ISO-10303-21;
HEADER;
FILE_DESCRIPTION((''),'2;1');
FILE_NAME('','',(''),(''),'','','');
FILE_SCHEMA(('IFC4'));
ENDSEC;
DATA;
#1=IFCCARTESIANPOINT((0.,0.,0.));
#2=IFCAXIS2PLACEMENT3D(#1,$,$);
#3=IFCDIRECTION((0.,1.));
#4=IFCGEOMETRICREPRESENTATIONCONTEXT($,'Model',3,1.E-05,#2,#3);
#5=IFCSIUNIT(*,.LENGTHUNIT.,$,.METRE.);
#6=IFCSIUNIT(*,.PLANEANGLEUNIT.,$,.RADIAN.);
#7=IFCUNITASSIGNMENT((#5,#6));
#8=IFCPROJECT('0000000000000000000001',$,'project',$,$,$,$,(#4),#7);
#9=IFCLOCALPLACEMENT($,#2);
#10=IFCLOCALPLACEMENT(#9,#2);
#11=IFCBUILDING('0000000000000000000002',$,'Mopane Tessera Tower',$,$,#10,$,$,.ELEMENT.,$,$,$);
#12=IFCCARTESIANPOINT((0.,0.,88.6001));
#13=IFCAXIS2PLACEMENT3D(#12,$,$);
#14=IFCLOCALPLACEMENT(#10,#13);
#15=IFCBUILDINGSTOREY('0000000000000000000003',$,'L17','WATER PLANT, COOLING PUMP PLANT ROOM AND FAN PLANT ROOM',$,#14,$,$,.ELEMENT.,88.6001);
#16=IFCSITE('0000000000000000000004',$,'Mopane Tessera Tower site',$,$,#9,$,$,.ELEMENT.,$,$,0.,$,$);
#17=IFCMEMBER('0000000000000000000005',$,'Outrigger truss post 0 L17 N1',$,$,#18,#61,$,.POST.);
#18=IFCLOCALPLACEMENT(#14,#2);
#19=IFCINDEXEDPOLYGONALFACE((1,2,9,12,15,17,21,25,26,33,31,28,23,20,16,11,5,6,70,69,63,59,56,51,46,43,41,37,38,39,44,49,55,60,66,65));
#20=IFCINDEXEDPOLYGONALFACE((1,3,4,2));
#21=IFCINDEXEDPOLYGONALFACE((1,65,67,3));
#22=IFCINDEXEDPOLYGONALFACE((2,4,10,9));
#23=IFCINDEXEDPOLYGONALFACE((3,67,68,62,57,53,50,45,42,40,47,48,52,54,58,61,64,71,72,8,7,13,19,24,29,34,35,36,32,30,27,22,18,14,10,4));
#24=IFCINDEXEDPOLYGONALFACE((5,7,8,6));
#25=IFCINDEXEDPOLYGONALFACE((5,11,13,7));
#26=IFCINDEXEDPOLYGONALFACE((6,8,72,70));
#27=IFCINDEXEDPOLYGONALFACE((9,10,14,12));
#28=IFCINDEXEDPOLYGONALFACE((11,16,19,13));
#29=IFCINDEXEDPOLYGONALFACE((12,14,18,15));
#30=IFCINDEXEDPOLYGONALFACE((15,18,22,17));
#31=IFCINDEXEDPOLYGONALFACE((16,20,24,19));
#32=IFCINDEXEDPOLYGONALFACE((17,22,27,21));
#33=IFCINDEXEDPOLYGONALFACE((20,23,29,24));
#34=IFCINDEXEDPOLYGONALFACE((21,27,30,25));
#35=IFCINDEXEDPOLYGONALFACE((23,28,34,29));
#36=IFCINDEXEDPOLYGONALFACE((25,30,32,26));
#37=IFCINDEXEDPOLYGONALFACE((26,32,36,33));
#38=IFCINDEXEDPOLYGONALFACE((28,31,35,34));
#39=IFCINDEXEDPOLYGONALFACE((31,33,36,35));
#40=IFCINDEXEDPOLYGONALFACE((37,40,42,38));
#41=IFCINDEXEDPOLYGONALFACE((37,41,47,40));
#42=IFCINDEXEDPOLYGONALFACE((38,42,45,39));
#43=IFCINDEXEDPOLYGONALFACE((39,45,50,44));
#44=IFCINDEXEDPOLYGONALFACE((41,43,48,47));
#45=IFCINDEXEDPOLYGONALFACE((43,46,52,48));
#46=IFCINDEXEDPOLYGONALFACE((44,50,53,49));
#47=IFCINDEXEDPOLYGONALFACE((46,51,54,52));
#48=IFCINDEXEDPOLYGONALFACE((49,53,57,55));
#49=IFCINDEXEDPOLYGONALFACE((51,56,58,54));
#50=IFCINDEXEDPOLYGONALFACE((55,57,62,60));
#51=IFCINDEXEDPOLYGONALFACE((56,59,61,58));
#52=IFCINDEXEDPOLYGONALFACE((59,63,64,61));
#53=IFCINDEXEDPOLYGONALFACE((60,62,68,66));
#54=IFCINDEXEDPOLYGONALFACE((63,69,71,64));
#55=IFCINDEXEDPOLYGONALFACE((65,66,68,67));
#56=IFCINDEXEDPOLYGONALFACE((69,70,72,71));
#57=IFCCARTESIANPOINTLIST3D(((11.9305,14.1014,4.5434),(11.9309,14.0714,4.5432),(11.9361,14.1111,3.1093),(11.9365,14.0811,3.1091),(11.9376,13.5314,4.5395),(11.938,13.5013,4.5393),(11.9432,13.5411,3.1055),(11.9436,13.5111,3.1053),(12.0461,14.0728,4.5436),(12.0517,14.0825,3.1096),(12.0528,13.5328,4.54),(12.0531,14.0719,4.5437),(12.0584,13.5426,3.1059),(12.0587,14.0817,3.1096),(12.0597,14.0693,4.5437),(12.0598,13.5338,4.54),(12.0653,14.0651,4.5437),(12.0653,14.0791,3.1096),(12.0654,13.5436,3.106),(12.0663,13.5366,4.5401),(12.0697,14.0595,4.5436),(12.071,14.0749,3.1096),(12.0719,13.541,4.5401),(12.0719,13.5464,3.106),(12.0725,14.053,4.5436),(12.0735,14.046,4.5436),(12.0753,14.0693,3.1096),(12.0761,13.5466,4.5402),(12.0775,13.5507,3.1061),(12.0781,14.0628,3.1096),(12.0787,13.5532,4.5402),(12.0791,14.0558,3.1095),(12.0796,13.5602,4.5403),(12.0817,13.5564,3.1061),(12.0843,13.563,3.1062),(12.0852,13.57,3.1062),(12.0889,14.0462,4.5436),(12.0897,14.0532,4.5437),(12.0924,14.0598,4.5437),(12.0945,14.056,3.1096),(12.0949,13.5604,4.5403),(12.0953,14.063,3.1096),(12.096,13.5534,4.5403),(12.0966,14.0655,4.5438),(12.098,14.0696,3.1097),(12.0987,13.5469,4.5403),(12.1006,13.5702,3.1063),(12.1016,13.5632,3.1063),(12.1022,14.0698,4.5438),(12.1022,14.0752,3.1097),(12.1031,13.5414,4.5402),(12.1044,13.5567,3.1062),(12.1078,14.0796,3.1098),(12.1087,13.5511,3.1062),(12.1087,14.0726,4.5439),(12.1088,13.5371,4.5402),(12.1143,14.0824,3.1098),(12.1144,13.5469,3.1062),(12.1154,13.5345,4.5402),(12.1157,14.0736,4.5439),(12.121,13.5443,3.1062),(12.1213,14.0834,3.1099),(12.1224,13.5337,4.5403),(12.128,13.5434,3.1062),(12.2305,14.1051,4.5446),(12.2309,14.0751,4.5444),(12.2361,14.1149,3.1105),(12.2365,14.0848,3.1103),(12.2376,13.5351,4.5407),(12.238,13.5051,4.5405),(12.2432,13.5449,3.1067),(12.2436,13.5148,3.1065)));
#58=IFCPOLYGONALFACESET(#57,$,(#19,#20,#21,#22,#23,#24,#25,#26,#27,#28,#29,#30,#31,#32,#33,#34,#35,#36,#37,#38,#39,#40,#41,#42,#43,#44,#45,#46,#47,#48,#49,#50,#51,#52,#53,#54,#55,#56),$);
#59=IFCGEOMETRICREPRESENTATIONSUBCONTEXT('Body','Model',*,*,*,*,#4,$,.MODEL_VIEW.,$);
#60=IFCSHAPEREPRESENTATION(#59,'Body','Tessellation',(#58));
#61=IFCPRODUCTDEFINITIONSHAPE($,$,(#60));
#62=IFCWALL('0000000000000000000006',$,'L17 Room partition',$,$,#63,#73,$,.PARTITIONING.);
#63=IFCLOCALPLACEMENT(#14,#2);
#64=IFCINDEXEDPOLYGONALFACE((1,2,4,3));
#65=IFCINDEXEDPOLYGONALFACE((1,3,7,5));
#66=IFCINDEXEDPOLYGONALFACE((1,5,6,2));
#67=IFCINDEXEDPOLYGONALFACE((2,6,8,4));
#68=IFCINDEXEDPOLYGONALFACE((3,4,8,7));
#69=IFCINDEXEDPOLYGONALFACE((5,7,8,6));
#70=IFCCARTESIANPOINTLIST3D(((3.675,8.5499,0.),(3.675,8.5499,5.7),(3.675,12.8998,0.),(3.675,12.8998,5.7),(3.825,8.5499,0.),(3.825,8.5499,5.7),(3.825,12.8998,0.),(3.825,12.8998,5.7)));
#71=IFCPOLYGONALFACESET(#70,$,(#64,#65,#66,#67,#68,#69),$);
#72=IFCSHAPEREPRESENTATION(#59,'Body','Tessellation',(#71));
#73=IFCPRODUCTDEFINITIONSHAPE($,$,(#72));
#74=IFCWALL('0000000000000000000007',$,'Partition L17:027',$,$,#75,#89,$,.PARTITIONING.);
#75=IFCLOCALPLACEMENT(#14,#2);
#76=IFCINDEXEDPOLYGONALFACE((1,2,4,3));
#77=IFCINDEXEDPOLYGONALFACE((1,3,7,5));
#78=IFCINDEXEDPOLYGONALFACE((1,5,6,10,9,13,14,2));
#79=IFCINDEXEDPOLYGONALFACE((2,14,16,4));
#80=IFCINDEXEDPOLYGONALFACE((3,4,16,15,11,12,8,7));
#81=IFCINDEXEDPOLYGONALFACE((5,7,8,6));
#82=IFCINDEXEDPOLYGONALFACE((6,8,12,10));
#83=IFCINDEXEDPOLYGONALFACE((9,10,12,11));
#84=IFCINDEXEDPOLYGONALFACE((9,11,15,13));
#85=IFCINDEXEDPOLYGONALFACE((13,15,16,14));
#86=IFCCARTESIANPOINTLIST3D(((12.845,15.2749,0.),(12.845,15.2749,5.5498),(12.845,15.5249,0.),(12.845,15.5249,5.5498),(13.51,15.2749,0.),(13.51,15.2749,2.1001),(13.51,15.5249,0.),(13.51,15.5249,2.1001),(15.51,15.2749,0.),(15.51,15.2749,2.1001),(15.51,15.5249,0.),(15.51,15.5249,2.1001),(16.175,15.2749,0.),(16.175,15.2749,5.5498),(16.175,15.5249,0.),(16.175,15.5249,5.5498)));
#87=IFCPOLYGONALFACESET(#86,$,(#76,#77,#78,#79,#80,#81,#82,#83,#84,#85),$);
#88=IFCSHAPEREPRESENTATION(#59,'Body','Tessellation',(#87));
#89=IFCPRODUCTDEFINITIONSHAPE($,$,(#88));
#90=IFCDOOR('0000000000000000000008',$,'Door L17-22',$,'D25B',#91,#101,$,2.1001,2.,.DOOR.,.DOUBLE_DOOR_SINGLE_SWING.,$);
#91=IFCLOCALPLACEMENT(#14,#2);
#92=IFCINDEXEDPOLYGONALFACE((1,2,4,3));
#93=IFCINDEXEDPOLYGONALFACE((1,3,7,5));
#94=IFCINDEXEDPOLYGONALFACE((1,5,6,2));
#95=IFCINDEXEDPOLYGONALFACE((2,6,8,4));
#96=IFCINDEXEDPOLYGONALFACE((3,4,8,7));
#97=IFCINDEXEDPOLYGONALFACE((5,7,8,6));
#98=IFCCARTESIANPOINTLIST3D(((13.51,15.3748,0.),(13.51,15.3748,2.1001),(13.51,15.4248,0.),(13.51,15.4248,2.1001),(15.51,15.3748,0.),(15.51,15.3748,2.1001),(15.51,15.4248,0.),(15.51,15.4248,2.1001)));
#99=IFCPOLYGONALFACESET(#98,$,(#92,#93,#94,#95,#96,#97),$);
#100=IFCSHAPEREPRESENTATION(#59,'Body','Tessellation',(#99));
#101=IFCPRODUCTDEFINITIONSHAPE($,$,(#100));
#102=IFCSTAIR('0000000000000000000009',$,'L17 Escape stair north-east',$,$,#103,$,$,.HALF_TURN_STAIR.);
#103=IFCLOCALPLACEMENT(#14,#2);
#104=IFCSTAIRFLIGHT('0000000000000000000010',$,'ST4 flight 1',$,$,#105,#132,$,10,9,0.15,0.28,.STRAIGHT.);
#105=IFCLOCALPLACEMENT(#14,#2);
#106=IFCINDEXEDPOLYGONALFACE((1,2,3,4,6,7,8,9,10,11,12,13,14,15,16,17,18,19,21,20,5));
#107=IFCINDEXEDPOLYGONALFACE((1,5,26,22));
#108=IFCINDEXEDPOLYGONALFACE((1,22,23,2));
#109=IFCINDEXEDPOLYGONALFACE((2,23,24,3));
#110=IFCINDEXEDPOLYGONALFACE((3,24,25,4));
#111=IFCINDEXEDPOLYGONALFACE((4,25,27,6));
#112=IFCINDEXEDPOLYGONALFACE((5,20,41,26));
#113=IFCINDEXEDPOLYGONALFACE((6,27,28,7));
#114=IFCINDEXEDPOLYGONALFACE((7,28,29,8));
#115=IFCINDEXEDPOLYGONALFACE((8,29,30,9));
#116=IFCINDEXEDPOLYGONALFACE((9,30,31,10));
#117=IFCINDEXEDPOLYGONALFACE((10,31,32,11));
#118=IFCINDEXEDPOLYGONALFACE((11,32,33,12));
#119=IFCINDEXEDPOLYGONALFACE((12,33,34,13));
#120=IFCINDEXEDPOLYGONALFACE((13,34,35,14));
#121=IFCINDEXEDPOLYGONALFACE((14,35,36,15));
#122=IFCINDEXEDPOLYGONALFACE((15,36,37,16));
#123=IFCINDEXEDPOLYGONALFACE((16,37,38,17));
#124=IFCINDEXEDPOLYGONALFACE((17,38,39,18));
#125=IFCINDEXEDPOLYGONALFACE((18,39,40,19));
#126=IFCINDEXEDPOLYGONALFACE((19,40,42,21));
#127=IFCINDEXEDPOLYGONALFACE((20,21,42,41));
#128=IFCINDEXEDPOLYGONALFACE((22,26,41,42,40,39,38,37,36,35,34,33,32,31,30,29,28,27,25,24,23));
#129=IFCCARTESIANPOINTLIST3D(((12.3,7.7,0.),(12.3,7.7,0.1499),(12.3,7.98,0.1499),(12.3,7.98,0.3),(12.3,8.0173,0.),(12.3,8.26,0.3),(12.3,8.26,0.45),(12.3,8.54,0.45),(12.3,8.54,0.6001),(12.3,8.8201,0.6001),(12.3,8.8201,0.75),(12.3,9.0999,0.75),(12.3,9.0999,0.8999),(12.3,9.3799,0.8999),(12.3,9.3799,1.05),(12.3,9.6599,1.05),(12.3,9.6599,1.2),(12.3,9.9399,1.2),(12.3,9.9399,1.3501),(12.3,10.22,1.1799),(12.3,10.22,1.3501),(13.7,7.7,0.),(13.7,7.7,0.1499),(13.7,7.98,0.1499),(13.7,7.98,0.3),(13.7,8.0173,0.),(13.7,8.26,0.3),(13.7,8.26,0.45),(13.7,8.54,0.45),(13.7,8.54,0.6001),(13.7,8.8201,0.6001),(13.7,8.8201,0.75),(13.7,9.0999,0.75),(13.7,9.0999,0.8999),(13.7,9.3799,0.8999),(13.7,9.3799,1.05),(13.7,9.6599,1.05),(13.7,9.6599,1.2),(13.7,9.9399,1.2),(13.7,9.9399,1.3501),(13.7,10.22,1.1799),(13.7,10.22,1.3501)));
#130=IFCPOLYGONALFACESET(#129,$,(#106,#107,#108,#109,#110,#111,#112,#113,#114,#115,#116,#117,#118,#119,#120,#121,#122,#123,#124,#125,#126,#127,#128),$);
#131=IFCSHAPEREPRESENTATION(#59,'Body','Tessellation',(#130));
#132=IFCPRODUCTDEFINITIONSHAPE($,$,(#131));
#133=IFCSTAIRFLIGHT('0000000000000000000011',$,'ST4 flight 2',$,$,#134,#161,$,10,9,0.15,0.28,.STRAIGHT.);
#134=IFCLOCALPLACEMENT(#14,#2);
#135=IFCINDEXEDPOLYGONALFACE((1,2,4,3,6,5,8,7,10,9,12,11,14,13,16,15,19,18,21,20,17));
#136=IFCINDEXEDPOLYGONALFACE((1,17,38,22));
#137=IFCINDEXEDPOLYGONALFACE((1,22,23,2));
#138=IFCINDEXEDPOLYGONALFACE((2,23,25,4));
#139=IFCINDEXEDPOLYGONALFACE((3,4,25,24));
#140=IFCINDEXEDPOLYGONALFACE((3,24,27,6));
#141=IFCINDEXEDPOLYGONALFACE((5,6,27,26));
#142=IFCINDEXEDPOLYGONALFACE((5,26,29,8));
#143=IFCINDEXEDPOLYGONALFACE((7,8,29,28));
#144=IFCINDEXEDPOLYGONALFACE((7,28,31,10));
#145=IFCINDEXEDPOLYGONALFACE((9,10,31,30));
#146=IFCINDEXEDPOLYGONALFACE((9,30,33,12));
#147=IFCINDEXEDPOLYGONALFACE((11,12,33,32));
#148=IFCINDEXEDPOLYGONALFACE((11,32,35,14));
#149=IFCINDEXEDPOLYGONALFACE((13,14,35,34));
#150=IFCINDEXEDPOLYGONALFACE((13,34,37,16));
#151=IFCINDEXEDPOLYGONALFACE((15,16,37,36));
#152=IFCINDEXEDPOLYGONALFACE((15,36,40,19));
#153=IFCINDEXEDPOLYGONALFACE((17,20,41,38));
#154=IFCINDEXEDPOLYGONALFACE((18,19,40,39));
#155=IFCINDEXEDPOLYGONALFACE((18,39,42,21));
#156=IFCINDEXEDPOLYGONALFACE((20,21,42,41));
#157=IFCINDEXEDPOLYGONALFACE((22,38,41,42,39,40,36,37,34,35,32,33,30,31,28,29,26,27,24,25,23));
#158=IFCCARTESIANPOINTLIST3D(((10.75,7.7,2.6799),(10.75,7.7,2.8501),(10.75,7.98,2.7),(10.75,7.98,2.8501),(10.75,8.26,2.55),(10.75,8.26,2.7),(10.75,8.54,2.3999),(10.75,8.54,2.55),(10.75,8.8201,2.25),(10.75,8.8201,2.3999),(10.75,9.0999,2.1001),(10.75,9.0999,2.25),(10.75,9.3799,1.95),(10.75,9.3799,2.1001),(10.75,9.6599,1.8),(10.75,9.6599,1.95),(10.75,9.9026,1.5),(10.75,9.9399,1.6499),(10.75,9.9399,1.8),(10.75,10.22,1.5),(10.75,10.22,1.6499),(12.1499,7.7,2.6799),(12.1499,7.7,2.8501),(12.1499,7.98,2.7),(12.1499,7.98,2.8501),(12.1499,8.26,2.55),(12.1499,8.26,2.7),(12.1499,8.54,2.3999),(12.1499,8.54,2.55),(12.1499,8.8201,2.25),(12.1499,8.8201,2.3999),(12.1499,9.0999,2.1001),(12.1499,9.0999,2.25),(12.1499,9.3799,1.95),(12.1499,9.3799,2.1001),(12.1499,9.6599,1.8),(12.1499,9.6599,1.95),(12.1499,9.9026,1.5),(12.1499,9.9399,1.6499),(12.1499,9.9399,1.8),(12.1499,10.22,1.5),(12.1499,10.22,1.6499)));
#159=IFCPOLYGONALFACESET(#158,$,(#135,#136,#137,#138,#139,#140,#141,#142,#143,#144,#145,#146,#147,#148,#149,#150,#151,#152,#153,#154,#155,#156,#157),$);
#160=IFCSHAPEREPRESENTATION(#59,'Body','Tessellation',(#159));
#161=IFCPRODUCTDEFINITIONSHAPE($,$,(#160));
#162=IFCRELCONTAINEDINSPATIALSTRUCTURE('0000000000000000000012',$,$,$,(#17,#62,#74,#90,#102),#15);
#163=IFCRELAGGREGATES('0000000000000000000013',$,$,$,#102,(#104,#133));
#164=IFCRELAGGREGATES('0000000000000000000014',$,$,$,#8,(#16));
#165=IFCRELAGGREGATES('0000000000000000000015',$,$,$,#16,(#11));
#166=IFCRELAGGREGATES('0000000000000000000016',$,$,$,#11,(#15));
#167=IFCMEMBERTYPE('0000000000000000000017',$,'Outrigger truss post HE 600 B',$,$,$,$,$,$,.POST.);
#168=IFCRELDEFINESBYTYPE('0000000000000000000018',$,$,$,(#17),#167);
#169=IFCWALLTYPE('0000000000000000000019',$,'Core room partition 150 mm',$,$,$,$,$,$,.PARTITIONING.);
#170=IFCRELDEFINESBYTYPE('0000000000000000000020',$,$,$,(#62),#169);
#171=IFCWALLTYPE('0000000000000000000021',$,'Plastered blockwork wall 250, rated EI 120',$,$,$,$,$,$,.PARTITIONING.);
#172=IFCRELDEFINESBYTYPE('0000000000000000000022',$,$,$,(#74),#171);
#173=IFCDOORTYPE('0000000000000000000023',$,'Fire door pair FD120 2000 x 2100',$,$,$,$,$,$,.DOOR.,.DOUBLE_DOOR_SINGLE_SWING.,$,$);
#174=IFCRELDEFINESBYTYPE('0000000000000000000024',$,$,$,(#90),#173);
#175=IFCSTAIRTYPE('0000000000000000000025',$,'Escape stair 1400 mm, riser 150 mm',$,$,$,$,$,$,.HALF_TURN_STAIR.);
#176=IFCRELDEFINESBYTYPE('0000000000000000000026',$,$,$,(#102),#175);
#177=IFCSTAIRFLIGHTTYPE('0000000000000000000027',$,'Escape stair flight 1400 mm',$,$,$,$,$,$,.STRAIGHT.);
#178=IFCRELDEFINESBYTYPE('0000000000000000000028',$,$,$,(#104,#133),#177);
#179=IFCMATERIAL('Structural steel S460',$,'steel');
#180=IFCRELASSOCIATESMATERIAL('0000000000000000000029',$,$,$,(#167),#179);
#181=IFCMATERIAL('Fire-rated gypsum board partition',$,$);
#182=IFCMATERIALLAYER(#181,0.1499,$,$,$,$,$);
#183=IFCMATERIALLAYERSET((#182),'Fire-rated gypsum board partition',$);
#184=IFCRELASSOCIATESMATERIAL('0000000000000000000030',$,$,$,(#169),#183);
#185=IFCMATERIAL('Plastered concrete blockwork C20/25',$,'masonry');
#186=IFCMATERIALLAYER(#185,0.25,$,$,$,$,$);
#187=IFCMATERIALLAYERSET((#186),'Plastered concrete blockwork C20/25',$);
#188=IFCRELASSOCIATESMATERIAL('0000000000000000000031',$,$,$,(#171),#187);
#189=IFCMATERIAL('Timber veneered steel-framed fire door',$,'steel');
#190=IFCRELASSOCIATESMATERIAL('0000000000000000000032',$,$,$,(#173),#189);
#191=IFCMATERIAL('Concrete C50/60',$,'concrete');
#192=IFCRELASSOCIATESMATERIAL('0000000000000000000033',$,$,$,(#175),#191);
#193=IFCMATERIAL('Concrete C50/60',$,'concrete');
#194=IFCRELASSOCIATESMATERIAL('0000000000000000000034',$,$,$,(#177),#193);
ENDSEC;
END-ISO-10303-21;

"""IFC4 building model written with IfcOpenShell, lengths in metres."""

from ifc_helpers import new_model, si_unit, direction, frame, frame_2d, origin, origin_2d, place, context, subcontext, project, spatial, polyline, rectangle, i_section, outline, extrude, material, layer, layer_set, material_profile, profile_set, type_object, element, fill, aggregate, save


model = new_model("IFC4")

# Units and contexts
model_context = context("Model", 3, precision=1e-05, world=origin(), true_north=direction((0.0, 1.0)))
body_context = subcontext(model_context, "Body", "Model", "MODEL_VIEW")
ifc_project = project(units=[si_unit("LENGTHUNIT", "METRE"), si_unit("PLANEANGLEUNIT", "RADIAN")], contexts=[model_context])

# Site, building, storey
site_placement = place(None, origin())
site = spatial("IfcSite", under=ifc_project, at=site_placement, Name="Mopane Tessera Tower site", CompositionType="ELEMENT", RefElevation=0.0)
building_placement = place(site_placement, origin())
building = spatial("IfcBuilding", under=site, at=building_placement, Name="Mopane Tessera Tower", CompositionType="ELEMENT")
storey_placement = place(building_placement, frame((0.0, 0.0, 88.6001)))
storey = spatial("IfcBuildingStorey", under=building, at=storey_placement, Name="L17", Description="WATER PLANT, COOLING PUMP PLANT ROOM AND FAN PLANT ROOM", CompositionType="ELEMENT", Elevation=88.6001)

# Member
ifc_material_1 = material(Name="Structural steel S460", Category="steel")
ifc_material_profile_1 = material_profile(ifc_material_1, i_section(OverallWidth=0.3, OverallDepth=0.6001, WebThickness=0.0154, FlangeThickness=0.03, FilletRadius=0.0271, at=origin_2d()))
ifc_profile_set_1 = profile_set([ifc_material_profile_1], Name="Structural steel S460")
member_type_1 = type_object("IfcMemberType", Name="Outrigger truss post HE 600 B", PredefinedType="POST", material=ifc_profile_set_1)
member_1_placement = place(storey_placement, frame((12.0898, 13.813, 3.1079), z_axis=(-0.003915, -0.006809, 0.999969), x_axis=(-0.999915, -0.012416, -0.004)))
element("IfcMember", 1, at=member_1_placement, inside=storey, type_object=member_type_1, Name="Outrigger truss post 0 L17 N1", PredefinedType="POST", context=body_context, shape_type="SweptSolid", body=[
    extrude(i_section(OverallWidth=0.3, OverallDepth=0.6001, WebThickness=0.0154, FlangeThickness=0.03, FilletRadius=0.0271, at=origin_2d()), origin(), (0.0, 0.0, 1.0), 1.4341),
])

# Wall
ifc_material_2 = material(Name="Fire-rated gypsum board partition")
ifc_layer_1 = layer(ifc_material_2, 0.1499)
ifc_layer_set_1 = layer_set([ifc_layer_1], Name="Fire-rated gypsum board partition")
wall_type_1 = type_object("IfcWallType", Name="Core room partition 150 mm", PredefinedType="PARTITIONING", material=ifc_layer_set_1)
wall_1_placement = place(storey_placement, frame((3.75, 8.55, 0.0), z_axis=(0.0, 0.0, 1.0), x_axis=(0.0, 1.0, 0.0)))
element("IfcWall", 2, at=wall_1_placement, inside=storey, type_object=wall_type_1, Name="L17 Room partition", PredefinedType="PARTITIONING", context=body_context, shape_type="SweptSolid", body=[
    extrude(rectangle(XDim=4.3499, YDim=0.1499, at=frame_2d((2.1748, 0.0))), origin(), (0.0, 0.0, 1.0), 5.7),
])

# Wall, opening, door
ifc_material_3 = material(Name="Plastered concrete blockwork C20/25", Category="masonry")
ifc_layer_2 = layer(ifc_material_3, 0.25)
ifc_layer_set_2 = layer_set([ifc_layer_2], Name="Plastered concrete blockwork C20/25")
wall_type_2 = type_object("IfcWallType", Name="Plastered blockwork wall 250, rated EI 120", PredefinedType="PARTITIONING", material=ifc_layer_set_2)
wall_2_placement = place(storey_placement, frame((12.845, 15.3999, 0.0), z_axis=(0.0, 0.0, 1.0), x_axis=(1.0, 0.0, 0.0)))
wall_2 = element("IfcWall", 3, at=wall_2_placement, inside=storey, type_object=wall_type_2, Name="Partition L17:027", PredefinedType="PARTITIONING", context=body_context, shape_type="SweptSolid", body=[
    extrude(rectangle(XDim=3.3301, YDim=0.25, at=frame_2d((1.665, 0.0))), origin(), (0.0, 0.0, 1.0), 5.5498),
])
opening_placement = place(wall_2_placement, frame((0.665, 0.0, 0.0)))
opening = element("IfcOpeningElement", 4, at=opening_placement, cuts=wall_2, PredefinedType="OPENING", context=body_context, shape_type="SweptSolid", body=[
    extrude(rectangle(XDim=2.0, YDim=2.1001, at=frame_2d((1.0, 1.05))), frame((0.0, 0.137, 0.0), z_axis=(0.0, -1.0, 0.0), x_axis=(1.0, 0.0, 0.0)), (0.0, 0.0, 1.0), 0.2739),
])
ifc_material_4 = material(Name="Timber veneered steel-framed fire door", Category="steel")
door_type = type_object("IfcDoorType", Name="Fire door pair FD120 2000 x 2100", OperationType="DOUBLE_DOOR_SINGLE_SWING", PredefinedType="DOOR", material=ifc_material_4)
door_placement = place(opening_placement, origin())
door = element("IfcDoor", 5, at=door_placement, inside=storey, type_object=door_type, Name="Door L17-22", ObjectType="D25B", OperationType="DOUBLE_DOOR_SINGLE_SWING", OverallHeight=2.1001, OverallWidth=2.0, PredefinedType="DOOR", context=body_context, shape_type="SweptSolid", body=[
    extrude(rectangle(XDim=2.0, YDim=2.1001, at=frame_2d((1.0, 1.05))), frame((0.0, 0.0249, 0.0), z_axis=(0.0, -1.0, 0.0), x_axis=(1.0, 0.0, 0.0)), (0.0, 0.0, 1.0), 0.05),
])
fill(opening, door)

# Stair, stair flights
ifc_material_5 = material(Name="Concrete C50/60", Category="concrete")
stair_type = type_object("IfcStairType", Name="Escape stair 1400 mm, riser 150 mm", PredefinedType="HALF_TURN_STAIR", material=ifc_material_5)
stair_placement = place(storey_placement, origin())
stair = element("IfcStair", 6, at=stair_placement, inside=storey, type_object=stair_type, Name="L17 Escape stair north-east", PredefinedType="HALF_TURN_STAIR")
ifc_material_6 = material(Name="Concrete C50/60", Category="concrete")
stair_flight_type = type_object("IfcStairFlightType", Name="Escape stair flight 1400 mm", PredefinedType="STRAIGHT", material=ifc_material_6)
stair_flight_1_placement = place(storey_placement, frame((13.0, 7.7, 0.0), z_axis=(0.0, 0.0, 1.0), x_axis=(0.0, 1.0, 0.0)))
stair_flight_1 = element("IfcStairFlight", 7, at=stair_flight_1_placement, type_object=stair_flight_type, Name="ST4 flight 1", NumberOfRisers=10, NumberOfTreads=9, PredefinedType="STRAIGHT", RiserHeight=0.15, TreadLength=0.28, context=body_context, shape_type="SweptSolid", body=[
    extrude(outline(polyline([(0.0, 0.0), (0.0, 0.1499), (0.28, 0.1499), (0.28, 0.3), (0.5601, 0.3), (0.5601, 0.45), (0.8401, 0.45), (0.8401, 0.6001), (1.1201, 0.6001), (1.1201, 0.75), (1.3999, 0.75), (1.3999, 0.8999), (1.6799, 0.8999), (1.6799, 1.05), (1.96, 1.05), (1.96, 1.2), (2.24, 1.2), (2.24, 1.3501), (2.52, 1.3501), (2.52, 1.5), (2.52, 1.1799), (0.3174, 0.0), (0.0, 0.0)])), frame((0.0, 0.7, 0.0), z_axis=(0.0, -1.0, 0.0), x_axis=(1.0, 0.0, 0.0)), (0.0, 0.0, 1.0), 1.3999),
])
stair_flight_2_placement = place(storey_placement, frame((11.45, 10.22, 1.5), z_axis=(0.0, 0.0, 1.0), x_axis=(0.0, -1.0, 0.0)))
stair_flight_2 = element("IfcStairFlight", 8, at=stair_flight_2_placement, type_object=stair_flight_type, Name="ST4 flight 2", NumberOfRisers=10, NumberOfTreads=9, PredefinedType="STRAIGHT", RiserHeight=0.15, TreadLength=0.28, context=body_context, shape_type="SweptSolid", body=[
    extrude(outline(polyline([(0.0, 0.0), (0.0, 0.1499), (0.28, 0.1499), (0.28, 0.3), (0.5601, 0.3), (0.5601, 0.45), (0.8401, 0.45), (0.8401, 0.6001), (1.1201, 0.6001), (1.1201, 0.75), (1.3999, 0.75), (1.3999, 0.8999), (1.6799, 0.8999), (1.6799, 1.05), (1.96, 1.05), (1.96, 1.2), (2.24, 1.2), (2.24, 1.3501), (2.52, 1.3501), (2.52, 1.5), (2.52, 1.1799), (0.3174, 0.0), (0.0, 0.0)])), frame((0.0, 0.7, 0.0), z_axis=(0.0, -1.0, 0.0), x_axis=(1.0, 0.0, 0.0)), (0.0, 0.0, 1.0), 1.3999),
])
aggregate(stair, [stair_flight_1, stair_flight_2])

save(model, "model.ifc")
